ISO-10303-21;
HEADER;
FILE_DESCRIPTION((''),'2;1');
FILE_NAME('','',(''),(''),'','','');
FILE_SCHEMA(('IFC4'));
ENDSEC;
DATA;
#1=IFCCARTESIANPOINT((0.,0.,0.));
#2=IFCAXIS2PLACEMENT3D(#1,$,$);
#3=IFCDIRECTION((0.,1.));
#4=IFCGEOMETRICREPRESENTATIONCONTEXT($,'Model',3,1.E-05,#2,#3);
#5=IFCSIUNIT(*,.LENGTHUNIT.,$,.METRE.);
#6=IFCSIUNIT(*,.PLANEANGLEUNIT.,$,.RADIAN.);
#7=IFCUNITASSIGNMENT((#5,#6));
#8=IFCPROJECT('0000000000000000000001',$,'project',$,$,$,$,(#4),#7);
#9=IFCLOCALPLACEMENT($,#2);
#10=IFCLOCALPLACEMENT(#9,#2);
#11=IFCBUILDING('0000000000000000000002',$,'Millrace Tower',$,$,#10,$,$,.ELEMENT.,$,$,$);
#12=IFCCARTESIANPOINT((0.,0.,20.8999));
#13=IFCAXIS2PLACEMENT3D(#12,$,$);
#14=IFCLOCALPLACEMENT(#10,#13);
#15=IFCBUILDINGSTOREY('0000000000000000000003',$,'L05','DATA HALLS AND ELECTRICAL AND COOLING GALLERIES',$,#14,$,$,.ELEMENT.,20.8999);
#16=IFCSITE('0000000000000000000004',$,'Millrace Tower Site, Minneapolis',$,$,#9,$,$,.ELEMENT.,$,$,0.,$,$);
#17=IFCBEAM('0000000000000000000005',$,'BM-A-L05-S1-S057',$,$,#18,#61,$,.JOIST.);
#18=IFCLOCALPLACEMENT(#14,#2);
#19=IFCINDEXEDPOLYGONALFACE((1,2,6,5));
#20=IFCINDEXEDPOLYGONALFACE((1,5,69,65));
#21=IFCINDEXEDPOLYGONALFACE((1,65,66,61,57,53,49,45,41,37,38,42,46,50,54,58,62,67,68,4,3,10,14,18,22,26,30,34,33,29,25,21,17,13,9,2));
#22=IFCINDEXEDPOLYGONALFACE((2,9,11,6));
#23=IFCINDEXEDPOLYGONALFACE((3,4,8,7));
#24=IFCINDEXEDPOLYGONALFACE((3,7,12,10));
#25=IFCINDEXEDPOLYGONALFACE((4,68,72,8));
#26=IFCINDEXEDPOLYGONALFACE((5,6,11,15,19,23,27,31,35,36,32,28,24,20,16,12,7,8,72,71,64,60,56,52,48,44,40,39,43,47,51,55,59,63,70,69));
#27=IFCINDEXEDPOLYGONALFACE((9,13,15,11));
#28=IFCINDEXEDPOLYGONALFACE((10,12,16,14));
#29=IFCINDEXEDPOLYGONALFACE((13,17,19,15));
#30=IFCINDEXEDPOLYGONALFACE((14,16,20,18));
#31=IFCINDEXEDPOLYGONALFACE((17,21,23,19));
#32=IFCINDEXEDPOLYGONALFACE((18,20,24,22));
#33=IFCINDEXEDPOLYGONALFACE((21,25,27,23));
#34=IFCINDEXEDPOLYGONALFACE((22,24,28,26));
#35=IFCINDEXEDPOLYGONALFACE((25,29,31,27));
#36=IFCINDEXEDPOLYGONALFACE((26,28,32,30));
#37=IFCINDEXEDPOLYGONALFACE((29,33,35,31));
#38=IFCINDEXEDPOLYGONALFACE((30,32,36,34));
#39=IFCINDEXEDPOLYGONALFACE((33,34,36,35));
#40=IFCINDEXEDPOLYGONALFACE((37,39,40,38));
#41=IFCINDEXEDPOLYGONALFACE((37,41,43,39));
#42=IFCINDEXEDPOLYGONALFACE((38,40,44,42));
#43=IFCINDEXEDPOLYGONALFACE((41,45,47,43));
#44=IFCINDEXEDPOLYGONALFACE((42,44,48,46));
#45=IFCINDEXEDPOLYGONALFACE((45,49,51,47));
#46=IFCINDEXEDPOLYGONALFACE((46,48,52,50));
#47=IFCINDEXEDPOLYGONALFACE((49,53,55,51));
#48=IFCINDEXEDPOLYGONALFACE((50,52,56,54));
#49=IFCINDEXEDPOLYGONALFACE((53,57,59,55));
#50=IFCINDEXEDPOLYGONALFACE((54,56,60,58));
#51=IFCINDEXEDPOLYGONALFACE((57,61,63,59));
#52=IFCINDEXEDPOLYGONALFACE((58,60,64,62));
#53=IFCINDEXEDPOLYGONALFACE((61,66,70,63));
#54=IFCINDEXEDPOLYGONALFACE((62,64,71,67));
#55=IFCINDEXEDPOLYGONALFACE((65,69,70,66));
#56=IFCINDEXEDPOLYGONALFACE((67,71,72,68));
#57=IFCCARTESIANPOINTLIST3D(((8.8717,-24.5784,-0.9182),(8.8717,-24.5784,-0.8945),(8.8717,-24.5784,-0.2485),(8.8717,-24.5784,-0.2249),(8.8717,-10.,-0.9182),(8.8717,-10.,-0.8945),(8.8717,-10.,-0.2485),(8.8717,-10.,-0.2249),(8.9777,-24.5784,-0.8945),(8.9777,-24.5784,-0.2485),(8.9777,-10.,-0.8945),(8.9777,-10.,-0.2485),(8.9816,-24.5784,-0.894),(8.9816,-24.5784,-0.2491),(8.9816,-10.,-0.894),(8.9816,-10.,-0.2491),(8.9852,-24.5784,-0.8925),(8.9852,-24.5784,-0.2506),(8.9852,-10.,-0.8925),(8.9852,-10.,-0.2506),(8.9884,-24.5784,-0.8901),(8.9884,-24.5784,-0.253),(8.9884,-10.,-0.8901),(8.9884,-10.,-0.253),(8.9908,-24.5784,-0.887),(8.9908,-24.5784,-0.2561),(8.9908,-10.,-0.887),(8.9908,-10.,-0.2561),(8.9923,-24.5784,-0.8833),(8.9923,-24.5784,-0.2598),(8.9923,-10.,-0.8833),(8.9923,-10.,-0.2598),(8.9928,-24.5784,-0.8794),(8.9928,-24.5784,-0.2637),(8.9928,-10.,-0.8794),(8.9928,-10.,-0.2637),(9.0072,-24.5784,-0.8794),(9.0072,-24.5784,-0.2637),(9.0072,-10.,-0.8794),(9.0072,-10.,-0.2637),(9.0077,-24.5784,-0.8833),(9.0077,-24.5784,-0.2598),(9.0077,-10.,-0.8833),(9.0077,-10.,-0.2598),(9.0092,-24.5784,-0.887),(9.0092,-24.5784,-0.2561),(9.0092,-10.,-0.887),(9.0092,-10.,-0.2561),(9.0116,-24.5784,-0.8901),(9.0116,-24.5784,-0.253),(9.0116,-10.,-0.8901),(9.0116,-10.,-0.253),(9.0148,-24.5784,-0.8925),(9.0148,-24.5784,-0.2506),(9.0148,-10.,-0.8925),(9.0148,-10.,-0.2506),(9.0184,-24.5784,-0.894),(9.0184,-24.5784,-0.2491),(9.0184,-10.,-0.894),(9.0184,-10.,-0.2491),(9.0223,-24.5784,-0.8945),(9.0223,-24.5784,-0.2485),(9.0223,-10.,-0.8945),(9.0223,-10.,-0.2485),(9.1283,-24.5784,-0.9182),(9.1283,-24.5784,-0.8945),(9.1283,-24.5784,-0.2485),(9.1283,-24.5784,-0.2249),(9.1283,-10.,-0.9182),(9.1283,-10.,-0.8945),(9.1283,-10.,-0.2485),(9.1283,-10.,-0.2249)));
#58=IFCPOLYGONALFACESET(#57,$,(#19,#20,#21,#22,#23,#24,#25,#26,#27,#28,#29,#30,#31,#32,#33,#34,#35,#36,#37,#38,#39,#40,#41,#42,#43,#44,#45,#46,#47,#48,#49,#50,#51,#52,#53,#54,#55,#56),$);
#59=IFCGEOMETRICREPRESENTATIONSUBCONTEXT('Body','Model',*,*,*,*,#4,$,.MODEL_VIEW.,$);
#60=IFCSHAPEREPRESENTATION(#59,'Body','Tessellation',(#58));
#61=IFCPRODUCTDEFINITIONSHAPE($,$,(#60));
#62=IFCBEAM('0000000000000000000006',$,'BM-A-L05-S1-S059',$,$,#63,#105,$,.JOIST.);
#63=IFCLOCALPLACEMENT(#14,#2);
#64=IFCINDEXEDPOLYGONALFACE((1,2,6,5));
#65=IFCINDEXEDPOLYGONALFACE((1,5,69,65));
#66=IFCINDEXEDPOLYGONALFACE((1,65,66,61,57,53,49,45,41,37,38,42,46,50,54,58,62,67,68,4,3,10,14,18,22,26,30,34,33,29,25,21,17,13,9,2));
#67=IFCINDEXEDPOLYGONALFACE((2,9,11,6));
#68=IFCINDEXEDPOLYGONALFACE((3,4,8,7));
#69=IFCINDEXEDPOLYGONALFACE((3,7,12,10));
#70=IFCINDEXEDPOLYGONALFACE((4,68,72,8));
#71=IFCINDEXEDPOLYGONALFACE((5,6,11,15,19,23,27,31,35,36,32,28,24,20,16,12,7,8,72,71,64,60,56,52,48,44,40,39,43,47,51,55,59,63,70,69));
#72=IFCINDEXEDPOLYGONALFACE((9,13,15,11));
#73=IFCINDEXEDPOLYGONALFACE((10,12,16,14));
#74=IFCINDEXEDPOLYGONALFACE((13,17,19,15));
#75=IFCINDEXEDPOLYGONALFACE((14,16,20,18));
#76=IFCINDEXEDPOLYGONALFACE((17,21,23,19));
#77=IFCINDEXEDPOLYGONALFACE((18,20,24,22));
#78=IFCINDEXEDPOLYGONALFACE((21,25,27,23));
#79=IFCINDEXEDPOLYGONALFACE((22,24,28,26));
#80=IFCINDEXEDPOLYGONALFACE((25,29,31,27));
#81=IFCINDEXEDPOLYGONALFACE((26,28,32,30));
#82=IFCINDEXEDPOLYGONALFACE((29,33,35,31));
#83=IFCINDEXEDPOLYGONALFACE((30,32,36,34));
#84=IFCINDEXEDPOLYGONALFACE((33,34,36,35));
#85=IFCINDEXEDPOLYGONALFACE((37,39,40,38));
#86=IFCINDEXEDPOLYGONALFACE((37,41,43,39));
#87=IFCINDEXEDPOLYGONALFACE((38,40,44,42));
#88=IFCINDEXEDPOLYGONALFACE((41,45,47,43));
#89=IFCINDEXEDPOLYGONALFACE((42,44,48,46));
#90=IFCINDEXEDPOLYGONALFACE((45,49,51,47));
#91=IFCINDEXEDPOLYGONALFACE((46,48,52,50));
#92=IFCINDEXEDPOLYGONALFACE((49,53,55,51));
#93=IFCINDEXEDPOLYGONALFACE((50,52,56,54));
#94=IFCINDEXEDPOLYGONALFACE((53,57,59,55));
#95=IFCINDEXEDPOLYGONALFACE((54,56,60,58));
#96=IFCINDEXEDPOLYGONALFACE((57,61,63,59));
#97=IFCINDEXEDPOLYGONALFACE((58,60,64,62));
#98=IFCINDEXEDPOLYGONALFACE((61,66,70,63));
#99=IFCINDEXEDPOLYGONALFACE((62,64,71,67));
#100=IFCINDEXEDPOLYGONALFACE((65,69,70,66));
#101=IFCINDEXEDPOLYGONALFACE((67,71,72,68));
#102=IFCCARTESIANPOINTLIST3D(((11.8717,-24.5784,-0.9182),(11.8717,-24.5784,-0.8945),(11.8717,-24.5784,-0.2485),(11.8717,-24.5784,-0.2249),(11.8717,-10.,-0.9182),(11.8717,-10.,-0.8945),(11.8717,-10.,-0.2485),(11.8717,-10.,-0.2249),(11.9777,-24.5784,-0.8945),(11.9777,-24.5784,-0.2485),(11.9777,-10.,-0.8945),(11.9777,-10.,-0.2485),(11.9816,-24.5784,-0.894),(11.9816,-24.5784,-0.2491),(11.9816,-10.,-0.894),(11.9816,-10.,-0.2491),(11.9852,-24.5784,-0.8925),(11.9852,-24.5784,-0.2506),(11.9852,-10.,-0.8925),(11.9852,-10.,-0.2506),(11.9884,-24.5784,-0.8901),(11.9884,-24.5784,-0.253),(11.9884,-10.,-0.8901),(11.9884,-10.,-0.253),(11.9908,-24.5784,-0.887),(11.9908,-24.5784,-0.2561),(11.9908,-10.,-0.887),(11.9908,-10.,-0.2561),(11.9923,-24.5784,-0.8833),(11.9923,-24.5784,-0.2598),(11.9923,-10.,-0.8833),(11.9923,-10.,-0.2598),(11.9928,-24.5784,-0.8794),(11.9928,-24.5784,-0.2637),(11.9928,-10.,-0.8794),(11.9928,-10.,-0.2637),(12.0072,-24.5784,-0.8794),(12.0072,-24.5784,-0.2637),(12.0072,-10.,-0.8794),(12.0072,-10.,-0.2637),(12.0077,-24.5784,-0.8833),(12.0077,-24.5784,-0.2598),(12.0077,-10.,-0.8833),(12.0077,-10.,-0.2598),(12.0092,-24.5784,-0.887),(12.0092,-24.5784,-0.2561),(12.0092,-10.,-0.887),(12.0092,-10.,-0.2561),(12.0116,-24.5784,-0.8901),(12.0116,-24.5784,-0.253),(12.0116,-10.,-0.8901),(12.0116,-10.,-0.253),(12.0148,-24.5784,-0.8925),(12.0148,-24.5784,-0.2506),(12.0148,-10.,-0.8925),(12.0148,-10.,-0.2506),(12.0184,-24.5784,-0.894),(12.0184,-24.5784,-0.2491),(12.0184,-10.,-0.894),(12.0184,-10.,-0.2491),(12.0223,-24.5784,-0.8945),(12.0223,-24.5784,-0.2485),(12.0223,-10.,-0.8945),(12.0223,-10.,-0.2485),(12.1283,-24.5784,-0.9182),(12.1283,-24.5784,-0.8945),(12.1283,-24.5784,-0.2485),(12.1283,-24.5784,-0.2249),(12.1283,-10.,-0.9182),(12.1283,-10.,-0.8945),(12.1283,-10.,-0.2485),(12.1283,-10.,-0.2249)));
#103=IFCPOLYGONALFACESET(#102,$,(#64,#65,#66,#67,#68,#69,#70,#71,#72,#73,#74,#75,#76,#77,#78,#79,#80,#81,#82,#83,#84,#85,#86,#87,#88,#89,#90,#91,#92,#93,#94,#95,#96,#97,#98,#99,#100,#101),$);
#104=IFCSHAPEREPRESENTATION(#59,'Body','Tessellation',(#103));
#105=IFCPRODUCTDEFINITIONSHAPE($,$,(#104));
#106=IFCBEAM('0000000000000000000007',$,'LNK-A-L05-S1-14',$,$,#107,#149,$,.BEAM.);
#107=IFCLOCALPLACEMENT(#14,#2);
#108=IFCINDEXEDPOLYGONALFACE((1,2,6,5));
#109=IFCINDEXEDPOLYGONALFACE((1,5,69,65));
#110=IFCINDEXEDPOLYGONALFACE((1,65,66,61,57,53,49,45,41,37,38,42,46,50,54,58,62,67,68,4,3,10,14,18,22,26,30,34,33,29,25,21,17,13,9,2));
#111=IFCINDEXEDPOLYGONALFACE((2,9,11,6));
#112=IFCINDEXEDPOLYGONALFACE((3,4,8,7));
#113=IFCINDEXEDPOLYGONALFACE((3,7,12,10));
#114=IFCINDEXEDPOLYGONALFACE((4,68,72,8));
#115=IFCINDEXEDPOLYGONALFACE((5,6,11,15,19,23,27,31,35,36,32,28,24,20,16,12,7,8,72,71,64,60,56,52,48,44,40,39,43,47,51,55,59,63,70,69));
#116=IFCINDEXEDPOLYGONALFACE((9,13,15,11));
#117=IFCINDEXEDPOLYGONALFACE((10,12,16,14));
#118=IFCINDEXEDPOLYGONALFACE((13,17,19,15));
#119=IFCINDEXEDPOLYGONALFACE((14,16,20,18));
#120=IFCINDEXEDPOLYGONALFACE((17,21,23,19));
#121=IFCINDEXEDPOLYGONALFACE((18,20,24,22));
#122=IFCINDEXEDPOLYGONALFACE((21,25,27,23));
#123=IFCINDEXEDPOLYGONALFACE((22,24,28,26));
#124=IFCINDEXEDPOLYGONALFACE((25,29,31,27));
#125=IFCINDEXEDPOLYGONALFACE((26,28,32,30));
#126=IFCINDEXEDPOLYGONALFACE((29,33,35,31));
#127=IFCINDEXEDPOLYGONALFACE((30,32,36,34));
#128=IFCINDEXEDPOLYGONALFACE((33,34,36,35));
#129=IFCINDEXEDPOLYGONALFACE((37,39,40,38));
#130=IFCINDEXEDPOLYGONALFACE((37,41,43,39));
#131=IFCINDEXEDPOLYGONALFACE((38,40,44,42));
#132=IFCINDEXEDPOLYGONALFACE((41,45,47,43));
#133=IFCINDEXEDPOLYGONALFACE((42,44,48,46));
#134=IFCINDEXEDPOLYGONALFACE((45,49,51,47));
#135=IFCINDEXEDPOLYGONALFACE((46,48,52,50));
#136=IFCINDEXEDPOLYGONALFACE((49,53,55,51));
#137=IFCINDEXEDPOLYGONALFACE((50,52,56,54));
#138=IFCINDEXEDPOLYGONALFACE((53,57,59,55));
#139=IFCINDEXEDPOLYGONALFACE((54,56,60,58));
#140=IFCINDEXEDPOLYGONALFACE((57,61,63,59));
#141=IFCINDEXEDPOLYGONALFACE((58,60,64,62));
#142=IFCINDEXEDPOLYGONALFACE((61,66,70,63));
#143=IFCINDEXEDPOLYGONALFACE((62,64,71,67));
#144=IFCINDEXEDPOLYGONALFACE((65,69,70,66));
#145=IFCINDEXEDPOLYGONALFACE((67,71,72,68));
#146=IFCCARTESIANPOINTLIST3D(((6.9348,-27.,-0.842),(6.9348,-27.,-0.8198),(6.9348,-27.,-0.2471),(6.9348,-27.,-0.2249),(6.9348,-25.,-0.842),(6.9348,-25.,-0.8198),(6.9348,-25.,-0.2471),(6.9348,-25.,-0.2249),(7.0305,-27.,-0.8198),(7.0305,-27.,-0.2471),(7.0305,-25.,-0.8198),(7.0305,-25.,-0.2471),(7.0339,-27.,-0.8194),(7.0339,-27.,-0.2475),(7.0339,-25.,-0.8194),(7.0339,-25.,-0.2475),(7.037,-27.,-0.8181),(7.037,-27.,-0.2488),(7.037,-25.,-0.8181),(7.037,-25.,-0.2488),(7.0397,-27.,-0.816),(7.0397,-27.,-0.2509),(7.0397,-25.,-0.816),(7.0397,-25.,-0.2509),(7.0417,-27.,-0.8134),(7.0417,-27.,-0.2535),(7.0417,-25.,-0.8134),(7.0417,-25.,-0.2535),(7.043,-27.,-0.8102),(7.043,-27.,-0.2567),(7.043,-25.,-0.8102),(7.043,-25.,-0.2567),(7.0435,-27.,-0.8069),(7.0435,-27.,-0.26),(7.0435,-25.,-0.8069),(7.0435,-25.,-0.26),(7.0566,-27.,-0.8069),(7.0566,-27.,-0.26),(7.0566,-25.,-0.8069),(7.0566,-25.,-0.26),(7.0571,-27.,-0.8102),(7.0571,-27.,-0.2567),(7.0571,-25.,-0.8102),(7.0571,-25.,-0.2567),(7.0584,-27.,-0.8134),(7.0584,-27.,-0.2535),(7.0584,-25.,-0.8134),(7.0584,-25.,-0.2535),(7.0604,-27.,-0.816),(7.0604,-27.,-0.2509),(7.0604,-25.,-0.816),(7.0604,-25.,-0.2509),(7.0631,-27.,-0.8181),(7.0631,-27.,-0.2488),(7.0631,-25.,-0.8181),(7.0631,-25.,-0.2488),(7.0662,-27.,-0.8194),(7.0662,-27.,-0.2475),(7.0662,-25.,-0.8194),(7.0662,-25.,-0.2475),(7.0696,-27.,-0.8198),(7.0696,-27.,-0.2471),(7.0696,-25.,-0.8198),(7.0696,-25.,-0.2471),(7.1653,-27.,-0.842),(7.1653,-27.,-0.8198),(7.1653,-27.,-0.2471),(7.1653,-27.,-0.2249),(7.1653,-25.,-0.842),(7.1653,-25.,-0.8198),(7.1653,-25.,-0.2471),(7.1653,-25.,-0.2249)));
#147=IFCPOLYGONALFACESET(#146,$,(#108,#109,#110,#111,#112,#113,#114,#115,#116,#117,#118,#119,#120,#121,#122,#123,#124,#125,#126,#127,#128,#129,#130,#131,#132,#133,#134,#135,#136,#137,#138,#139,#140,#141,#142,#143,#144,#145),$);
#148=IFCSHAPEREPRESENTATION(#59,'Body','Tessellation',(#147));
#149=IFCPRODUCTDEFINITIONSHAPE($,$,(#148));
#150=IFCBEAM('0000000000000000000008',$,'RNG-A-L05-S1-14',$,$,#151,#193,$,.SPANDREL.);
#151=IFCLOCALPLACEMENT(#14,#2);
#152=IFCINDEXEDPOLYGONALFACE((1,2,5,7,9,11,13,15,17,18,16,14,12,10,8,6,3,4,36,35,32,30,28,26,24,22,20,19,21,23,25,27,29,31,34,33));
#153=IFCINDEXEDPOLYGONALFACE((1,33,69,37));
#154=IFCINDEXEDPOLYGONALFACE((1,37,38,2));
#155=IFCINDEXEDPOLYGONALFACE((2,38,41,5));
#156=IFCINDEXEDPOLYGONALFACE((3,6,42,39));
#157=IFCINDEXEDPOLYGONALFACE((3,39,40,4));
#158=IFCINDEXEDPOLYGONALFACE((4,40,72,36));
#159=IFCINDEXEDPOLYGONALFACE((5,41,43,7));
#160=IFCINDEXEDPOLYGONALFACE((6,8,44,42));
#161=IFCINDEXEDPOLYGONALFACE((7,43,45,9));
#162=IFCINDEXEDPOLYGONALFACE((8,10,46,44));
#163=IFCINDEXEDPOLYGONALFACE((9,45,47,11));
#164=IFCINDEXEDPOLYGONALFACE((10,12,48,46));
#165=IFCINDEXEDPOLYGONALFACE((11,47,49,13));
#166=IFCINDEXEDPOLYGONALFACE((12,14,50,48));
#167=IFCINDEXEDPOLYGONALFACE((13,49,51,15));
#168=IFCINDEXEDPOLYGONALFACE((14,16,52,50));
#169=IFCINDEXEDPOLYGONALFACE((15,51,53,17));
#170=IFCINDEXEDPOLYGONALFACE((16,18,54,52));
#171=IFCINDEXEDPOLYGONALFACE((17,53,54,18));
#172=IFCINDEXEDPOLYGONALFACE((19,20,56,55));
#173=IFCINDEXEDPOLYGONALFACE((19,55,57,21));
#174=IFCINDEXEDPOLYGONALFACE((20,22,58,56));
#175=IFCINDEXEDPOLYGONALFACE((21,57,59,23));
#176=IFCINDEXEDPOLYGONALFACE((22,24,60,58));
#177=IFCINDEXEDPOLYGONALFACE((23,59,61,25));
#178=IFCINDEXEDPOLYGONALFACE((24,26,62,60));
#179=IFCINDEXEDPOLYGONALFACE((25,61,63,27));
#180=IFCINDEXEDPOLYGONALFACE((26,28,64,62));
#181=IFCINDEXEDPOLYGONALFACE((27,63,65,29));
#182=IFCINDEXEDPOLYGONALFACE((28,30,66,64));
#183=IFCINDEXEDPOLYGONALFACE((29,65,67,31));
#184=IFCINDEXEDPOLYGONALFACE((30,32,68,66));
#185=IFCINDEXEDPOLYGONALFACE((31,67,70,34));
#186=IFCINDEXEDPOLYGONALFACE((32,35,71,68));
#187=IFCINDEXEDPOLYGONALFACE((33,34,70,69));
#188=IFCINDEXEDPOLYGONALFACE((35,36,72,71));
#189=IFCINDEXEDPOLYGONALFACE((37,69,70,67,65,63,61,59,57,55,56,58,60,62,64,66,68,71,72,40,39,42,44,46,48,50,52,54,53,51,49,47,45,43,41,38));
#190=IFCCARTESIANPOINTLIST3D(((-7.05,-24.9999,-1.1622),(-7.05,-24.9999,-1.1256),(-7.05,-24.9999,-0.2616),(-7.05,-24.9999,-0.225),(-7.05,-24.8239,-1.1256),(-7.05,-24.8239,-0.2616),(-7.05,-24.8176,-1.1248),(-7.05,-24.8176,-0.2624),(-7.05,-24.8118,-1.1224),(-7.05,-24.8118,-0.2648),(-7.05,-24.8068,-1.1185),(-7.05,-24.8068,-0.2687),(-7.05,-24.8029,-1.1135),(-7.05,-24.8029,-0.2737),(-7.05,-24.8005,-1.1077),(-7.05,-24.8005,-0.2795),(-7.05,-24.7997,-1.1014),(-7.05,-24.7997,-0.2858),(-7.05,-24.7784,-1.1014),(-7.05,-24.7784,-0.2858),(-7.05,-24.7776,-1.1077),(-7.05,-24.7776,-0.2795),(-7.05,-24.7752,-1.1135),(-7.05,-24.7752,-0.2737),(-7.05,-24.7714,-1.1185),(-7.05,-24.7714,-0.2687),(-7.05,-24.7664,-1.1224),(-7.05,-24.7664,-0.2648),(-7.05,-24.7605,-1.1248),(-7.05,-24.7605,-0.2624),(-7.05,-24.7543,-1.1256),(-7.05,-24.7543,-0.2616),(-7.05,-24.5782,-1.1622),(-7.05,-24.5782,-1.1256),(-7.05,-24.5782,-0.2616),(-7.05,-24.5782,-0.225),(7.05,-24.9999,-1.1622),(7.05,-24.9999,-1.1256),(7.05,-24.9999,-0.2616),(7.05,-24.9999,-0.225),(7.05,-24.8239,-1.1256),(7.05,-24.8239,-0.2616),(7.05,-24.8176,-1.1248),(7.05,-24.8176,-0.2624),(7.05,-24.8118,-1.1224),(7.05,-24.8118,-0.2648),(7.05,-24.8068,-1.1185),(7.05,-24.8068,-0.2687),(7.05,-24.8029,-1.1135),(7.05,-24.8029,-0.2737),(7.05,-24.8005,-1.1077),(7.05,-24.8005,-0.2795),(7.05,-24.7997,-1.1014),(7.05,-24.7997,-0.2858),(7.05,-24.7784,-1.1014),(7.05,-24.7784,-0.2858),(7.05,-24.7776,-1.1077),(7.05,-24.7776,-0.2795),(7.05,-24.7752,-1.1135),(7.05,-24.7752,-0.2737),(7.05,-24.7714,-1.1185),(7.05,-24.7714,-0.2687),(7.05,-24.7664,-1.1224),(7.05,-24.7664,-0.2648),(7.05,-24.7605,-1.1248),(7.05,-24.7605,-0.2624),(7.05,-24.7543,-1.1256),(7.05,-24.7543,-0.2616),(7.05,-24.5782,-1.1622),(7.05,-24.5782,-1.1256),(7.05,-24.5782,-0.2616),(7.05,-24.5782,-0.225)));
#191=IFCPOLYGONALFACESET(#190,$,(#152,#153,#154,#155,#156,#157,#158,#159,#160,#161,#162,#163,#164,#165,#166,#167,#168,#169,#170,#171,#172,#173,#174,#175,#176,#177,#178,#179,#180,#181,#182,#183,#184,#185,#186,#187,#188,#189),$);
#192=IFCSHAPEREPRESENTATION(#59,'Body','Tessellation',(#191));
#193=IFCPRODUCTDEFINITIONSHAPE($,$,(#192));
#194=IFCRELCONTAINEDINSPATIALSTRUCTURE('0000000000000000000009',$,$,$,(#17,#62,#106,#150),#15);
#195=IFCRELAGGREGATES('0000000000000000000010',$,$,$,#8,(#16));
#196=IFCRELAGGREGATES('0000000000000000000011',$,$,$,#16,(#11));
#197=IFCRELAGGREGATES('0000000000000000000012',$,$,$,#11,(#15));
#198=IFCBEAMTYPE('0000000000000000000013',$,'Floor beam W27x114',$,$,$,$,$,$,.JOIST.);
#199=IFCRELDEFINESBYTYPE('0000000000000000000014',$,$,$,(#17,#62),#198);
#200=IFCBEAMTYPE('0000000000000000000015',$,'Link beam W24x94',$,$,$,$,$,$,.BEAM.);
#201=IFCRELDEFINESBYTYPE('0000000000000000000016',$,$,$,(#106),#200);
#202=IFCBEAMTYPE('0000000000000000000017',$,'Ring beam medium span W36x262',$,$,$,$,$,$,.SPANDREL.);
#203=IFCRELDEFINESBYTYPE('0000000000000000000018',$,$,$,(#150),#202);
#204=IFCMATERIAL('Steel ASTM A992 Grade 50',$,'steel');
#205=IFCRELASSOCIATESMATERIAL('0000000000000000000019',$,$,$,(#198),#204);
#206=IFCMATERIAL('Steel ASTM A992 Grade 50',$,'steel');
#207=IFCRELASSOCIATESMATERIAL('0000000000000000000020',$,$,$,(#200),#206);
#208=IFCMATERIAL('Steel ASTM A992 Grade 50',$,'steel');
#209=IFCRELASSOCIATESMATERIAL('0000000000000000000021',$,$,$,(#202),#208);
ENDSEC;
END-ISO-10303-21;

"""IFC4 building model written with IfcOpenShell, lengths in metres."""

from ifc_helpers import new_model, si_unit, direction, frame, origin, origin_2d, place, context, subcontext, project, spatial, i_section, extrude, material, material_profile, profile_set, type_object, element, save


model = new_model("IFC4")

# Units and contexts
model_context = context("Model", 3, precision=1e-05, world=origin(), true_north=direction((0.0, 1.0)))
body_context = subcontext(model_context, "Body", "Model", "MODEL_VIEW")
ifc_project = project(units=[si_unit("LENGTHUNIT", "METRE"), si_unit("PLANEANGLEUNIT", "RADIAN")], contexts=[model_context])

# Site, building, storey
site_placement = place(None, origin())
site = spatial("IfcSite", under=ifc_project, at=site_placement, Name="Millrace Tower Site, Minneapolis", CompositionType="ELEMENT", RefElevation=0.0)
building_placement = place(site_placement, origin())
building = spatial("IfcBuilding", under=site, at=building_placement, Name="Millrace Tower", CompositionType="ELEMENT")
storey_placement = place(building_placement, frame((0.0, 0.0, 20.8999)))
storey = spatial("IfcBuildingStorey", under=building, at=storey_placement, Name="L05", Description="DATA HALLS AND ELECTRICAL AND COOLING GALLERIES", CompositionType="ELEMENT", Elevation=20.8999)

# Beams
ifc_material_1 = material(Name="Steel ASTM A992 Grade 50", Category="steel")
ifc_material_profile_1 = material_profile(ifc_material_1, i_section(OverallWidth=0.2566, OverallDepth=0.6934, WebThickness=0.0144, FlangeThickness=0.0237, FilletRadius=0.0151, at=origin_2d()))
ifc_profile_set_1 = profile_set([ifc_material_profile_1], Name="Steel ASTM A992 Grade 50")
beam_type_1 = type_object("IfcBeamType", Name="Floor beam W27x114", PredefinedType="JOIST", material=ifc_profile_set_1)
for number, where, z_axis, x_axis, name in (
    (1, (9.0, -24.5784, -0.5715), (0.0, 1.0, 0.0), (-1.0, 0.0, 0.0), "BM-A-L05-S1-S057"),
    (2, (12.0, -24.5784, -0.5715), (0.0, 1.0, 0.0), (-1.0, 0.0, 0.0), "BM-A-L05-S1-S059"),
):
    element("IfcBeam", number, at=place(storey_placement, frame(where, z_axis=z_axis, x_axis=x_axis)), inside=storey, type_object=beam_type_1, Name=name, PredefinedType="JOIST", context=body_context, shape_type="SweptSolid", body=[
        extrude(i_section(OverallWidth=0.2566, OverallDepth=0.6934, WebThickness=0.0144, FlangeThickness=0.0237, FilletRadius=0.0151, at=origin_2d()), origin(), (0.0, 0.0, 1.0), 14.5784),
    ])
ifc_material_2 = material(Name="Steel ASTM A992 Grade 50", Category="steel")
ifc_material_profile_2 = material_profile(ifc_material_2, i_section(OverallWidth=0.2305, OverallDepth=0.6172, WebThickness=0.0132, FlangeThickness=0.0222, FilletRadius=0.0129, at=origin_2d()))
ifc_profile_set_2 = profile_set([ifc_material_profile_2], Name="Steel ASTM A992 Grade 50")
beam_type_2 = type_object("IfcBeamType", Name="Link beam W24x94", PredefinedType="BEAM", material=ifc_profile_set_2)
beam_1_placement = place(storey_placement, frame((7.05, -25.0, -0.5334), z_axis=(0.0, -1.0, 0.0), x_axis=(1.0, 0.0, 0.0)))
element("IfcBeam", 3, at=beam_1_placement, inside=storey, type_object=beam_type_2, Name="LNK-A-L05-S1-14", PredefinedType="BEAM", context=body_context, shape_type="SweptSolid", body=[
    extrude(i_section(OverallWidth=0.2305, OverallDepth=0.6172, WebThickness=0.0132, FlangeThickness=0.0222, FilletRadius=0.0129, at=origin_2d()), origin(), (0.0, 0.0, 1.0), 2.0),
])
ifc_material_3 = material(Name="Steel ASTM A992 Grade 50", Category="steel")
ifc_material_profile_3 = material_profile(ifc_material_3, i_section(OverallWidth=0.4216, OverallDepth=0.9373, WebThickness=0.0212, FlangeThickness=0.0366, FilletRadius=0.0242, at=origin_2d()))
ifc_profile_set_3 = profile_set([ifc_material_profile_3], Name="Steel ASTM A992 Grade 50")
beam_type_3 = type_object("IfcBeamType", Name="Ring beam medium span W36x262", PredefinedType="SPANDREL", material=ifc_profile_set_3)
beam_2_placement = place(storey_placement, frame((7.05, -24.7891, -0.6936), z_axis=(-1.0, 0.0, 0.0), x_axis=(0.0, -1.0, 0.0)))
element("IfcBeam", 4, at=beam_2_placement, inside=storey, type_object=beam_type_3, Name="RNG-A-L05-S1-14", PredefinedType="SPANDREL", context=body_context, shape_type="SweptSolid", body=[
    extrude(i_section(OverallWidth=0.4216, OverallDepth=0.9373, WebThickness=0.0212, FlangeThickness=0.0366, FilletRadius=0.0242, at=origin_2d()), origin(), (0.0, 0.0, 1.0), 14.1001),
])

save(model, "model.ifc")
